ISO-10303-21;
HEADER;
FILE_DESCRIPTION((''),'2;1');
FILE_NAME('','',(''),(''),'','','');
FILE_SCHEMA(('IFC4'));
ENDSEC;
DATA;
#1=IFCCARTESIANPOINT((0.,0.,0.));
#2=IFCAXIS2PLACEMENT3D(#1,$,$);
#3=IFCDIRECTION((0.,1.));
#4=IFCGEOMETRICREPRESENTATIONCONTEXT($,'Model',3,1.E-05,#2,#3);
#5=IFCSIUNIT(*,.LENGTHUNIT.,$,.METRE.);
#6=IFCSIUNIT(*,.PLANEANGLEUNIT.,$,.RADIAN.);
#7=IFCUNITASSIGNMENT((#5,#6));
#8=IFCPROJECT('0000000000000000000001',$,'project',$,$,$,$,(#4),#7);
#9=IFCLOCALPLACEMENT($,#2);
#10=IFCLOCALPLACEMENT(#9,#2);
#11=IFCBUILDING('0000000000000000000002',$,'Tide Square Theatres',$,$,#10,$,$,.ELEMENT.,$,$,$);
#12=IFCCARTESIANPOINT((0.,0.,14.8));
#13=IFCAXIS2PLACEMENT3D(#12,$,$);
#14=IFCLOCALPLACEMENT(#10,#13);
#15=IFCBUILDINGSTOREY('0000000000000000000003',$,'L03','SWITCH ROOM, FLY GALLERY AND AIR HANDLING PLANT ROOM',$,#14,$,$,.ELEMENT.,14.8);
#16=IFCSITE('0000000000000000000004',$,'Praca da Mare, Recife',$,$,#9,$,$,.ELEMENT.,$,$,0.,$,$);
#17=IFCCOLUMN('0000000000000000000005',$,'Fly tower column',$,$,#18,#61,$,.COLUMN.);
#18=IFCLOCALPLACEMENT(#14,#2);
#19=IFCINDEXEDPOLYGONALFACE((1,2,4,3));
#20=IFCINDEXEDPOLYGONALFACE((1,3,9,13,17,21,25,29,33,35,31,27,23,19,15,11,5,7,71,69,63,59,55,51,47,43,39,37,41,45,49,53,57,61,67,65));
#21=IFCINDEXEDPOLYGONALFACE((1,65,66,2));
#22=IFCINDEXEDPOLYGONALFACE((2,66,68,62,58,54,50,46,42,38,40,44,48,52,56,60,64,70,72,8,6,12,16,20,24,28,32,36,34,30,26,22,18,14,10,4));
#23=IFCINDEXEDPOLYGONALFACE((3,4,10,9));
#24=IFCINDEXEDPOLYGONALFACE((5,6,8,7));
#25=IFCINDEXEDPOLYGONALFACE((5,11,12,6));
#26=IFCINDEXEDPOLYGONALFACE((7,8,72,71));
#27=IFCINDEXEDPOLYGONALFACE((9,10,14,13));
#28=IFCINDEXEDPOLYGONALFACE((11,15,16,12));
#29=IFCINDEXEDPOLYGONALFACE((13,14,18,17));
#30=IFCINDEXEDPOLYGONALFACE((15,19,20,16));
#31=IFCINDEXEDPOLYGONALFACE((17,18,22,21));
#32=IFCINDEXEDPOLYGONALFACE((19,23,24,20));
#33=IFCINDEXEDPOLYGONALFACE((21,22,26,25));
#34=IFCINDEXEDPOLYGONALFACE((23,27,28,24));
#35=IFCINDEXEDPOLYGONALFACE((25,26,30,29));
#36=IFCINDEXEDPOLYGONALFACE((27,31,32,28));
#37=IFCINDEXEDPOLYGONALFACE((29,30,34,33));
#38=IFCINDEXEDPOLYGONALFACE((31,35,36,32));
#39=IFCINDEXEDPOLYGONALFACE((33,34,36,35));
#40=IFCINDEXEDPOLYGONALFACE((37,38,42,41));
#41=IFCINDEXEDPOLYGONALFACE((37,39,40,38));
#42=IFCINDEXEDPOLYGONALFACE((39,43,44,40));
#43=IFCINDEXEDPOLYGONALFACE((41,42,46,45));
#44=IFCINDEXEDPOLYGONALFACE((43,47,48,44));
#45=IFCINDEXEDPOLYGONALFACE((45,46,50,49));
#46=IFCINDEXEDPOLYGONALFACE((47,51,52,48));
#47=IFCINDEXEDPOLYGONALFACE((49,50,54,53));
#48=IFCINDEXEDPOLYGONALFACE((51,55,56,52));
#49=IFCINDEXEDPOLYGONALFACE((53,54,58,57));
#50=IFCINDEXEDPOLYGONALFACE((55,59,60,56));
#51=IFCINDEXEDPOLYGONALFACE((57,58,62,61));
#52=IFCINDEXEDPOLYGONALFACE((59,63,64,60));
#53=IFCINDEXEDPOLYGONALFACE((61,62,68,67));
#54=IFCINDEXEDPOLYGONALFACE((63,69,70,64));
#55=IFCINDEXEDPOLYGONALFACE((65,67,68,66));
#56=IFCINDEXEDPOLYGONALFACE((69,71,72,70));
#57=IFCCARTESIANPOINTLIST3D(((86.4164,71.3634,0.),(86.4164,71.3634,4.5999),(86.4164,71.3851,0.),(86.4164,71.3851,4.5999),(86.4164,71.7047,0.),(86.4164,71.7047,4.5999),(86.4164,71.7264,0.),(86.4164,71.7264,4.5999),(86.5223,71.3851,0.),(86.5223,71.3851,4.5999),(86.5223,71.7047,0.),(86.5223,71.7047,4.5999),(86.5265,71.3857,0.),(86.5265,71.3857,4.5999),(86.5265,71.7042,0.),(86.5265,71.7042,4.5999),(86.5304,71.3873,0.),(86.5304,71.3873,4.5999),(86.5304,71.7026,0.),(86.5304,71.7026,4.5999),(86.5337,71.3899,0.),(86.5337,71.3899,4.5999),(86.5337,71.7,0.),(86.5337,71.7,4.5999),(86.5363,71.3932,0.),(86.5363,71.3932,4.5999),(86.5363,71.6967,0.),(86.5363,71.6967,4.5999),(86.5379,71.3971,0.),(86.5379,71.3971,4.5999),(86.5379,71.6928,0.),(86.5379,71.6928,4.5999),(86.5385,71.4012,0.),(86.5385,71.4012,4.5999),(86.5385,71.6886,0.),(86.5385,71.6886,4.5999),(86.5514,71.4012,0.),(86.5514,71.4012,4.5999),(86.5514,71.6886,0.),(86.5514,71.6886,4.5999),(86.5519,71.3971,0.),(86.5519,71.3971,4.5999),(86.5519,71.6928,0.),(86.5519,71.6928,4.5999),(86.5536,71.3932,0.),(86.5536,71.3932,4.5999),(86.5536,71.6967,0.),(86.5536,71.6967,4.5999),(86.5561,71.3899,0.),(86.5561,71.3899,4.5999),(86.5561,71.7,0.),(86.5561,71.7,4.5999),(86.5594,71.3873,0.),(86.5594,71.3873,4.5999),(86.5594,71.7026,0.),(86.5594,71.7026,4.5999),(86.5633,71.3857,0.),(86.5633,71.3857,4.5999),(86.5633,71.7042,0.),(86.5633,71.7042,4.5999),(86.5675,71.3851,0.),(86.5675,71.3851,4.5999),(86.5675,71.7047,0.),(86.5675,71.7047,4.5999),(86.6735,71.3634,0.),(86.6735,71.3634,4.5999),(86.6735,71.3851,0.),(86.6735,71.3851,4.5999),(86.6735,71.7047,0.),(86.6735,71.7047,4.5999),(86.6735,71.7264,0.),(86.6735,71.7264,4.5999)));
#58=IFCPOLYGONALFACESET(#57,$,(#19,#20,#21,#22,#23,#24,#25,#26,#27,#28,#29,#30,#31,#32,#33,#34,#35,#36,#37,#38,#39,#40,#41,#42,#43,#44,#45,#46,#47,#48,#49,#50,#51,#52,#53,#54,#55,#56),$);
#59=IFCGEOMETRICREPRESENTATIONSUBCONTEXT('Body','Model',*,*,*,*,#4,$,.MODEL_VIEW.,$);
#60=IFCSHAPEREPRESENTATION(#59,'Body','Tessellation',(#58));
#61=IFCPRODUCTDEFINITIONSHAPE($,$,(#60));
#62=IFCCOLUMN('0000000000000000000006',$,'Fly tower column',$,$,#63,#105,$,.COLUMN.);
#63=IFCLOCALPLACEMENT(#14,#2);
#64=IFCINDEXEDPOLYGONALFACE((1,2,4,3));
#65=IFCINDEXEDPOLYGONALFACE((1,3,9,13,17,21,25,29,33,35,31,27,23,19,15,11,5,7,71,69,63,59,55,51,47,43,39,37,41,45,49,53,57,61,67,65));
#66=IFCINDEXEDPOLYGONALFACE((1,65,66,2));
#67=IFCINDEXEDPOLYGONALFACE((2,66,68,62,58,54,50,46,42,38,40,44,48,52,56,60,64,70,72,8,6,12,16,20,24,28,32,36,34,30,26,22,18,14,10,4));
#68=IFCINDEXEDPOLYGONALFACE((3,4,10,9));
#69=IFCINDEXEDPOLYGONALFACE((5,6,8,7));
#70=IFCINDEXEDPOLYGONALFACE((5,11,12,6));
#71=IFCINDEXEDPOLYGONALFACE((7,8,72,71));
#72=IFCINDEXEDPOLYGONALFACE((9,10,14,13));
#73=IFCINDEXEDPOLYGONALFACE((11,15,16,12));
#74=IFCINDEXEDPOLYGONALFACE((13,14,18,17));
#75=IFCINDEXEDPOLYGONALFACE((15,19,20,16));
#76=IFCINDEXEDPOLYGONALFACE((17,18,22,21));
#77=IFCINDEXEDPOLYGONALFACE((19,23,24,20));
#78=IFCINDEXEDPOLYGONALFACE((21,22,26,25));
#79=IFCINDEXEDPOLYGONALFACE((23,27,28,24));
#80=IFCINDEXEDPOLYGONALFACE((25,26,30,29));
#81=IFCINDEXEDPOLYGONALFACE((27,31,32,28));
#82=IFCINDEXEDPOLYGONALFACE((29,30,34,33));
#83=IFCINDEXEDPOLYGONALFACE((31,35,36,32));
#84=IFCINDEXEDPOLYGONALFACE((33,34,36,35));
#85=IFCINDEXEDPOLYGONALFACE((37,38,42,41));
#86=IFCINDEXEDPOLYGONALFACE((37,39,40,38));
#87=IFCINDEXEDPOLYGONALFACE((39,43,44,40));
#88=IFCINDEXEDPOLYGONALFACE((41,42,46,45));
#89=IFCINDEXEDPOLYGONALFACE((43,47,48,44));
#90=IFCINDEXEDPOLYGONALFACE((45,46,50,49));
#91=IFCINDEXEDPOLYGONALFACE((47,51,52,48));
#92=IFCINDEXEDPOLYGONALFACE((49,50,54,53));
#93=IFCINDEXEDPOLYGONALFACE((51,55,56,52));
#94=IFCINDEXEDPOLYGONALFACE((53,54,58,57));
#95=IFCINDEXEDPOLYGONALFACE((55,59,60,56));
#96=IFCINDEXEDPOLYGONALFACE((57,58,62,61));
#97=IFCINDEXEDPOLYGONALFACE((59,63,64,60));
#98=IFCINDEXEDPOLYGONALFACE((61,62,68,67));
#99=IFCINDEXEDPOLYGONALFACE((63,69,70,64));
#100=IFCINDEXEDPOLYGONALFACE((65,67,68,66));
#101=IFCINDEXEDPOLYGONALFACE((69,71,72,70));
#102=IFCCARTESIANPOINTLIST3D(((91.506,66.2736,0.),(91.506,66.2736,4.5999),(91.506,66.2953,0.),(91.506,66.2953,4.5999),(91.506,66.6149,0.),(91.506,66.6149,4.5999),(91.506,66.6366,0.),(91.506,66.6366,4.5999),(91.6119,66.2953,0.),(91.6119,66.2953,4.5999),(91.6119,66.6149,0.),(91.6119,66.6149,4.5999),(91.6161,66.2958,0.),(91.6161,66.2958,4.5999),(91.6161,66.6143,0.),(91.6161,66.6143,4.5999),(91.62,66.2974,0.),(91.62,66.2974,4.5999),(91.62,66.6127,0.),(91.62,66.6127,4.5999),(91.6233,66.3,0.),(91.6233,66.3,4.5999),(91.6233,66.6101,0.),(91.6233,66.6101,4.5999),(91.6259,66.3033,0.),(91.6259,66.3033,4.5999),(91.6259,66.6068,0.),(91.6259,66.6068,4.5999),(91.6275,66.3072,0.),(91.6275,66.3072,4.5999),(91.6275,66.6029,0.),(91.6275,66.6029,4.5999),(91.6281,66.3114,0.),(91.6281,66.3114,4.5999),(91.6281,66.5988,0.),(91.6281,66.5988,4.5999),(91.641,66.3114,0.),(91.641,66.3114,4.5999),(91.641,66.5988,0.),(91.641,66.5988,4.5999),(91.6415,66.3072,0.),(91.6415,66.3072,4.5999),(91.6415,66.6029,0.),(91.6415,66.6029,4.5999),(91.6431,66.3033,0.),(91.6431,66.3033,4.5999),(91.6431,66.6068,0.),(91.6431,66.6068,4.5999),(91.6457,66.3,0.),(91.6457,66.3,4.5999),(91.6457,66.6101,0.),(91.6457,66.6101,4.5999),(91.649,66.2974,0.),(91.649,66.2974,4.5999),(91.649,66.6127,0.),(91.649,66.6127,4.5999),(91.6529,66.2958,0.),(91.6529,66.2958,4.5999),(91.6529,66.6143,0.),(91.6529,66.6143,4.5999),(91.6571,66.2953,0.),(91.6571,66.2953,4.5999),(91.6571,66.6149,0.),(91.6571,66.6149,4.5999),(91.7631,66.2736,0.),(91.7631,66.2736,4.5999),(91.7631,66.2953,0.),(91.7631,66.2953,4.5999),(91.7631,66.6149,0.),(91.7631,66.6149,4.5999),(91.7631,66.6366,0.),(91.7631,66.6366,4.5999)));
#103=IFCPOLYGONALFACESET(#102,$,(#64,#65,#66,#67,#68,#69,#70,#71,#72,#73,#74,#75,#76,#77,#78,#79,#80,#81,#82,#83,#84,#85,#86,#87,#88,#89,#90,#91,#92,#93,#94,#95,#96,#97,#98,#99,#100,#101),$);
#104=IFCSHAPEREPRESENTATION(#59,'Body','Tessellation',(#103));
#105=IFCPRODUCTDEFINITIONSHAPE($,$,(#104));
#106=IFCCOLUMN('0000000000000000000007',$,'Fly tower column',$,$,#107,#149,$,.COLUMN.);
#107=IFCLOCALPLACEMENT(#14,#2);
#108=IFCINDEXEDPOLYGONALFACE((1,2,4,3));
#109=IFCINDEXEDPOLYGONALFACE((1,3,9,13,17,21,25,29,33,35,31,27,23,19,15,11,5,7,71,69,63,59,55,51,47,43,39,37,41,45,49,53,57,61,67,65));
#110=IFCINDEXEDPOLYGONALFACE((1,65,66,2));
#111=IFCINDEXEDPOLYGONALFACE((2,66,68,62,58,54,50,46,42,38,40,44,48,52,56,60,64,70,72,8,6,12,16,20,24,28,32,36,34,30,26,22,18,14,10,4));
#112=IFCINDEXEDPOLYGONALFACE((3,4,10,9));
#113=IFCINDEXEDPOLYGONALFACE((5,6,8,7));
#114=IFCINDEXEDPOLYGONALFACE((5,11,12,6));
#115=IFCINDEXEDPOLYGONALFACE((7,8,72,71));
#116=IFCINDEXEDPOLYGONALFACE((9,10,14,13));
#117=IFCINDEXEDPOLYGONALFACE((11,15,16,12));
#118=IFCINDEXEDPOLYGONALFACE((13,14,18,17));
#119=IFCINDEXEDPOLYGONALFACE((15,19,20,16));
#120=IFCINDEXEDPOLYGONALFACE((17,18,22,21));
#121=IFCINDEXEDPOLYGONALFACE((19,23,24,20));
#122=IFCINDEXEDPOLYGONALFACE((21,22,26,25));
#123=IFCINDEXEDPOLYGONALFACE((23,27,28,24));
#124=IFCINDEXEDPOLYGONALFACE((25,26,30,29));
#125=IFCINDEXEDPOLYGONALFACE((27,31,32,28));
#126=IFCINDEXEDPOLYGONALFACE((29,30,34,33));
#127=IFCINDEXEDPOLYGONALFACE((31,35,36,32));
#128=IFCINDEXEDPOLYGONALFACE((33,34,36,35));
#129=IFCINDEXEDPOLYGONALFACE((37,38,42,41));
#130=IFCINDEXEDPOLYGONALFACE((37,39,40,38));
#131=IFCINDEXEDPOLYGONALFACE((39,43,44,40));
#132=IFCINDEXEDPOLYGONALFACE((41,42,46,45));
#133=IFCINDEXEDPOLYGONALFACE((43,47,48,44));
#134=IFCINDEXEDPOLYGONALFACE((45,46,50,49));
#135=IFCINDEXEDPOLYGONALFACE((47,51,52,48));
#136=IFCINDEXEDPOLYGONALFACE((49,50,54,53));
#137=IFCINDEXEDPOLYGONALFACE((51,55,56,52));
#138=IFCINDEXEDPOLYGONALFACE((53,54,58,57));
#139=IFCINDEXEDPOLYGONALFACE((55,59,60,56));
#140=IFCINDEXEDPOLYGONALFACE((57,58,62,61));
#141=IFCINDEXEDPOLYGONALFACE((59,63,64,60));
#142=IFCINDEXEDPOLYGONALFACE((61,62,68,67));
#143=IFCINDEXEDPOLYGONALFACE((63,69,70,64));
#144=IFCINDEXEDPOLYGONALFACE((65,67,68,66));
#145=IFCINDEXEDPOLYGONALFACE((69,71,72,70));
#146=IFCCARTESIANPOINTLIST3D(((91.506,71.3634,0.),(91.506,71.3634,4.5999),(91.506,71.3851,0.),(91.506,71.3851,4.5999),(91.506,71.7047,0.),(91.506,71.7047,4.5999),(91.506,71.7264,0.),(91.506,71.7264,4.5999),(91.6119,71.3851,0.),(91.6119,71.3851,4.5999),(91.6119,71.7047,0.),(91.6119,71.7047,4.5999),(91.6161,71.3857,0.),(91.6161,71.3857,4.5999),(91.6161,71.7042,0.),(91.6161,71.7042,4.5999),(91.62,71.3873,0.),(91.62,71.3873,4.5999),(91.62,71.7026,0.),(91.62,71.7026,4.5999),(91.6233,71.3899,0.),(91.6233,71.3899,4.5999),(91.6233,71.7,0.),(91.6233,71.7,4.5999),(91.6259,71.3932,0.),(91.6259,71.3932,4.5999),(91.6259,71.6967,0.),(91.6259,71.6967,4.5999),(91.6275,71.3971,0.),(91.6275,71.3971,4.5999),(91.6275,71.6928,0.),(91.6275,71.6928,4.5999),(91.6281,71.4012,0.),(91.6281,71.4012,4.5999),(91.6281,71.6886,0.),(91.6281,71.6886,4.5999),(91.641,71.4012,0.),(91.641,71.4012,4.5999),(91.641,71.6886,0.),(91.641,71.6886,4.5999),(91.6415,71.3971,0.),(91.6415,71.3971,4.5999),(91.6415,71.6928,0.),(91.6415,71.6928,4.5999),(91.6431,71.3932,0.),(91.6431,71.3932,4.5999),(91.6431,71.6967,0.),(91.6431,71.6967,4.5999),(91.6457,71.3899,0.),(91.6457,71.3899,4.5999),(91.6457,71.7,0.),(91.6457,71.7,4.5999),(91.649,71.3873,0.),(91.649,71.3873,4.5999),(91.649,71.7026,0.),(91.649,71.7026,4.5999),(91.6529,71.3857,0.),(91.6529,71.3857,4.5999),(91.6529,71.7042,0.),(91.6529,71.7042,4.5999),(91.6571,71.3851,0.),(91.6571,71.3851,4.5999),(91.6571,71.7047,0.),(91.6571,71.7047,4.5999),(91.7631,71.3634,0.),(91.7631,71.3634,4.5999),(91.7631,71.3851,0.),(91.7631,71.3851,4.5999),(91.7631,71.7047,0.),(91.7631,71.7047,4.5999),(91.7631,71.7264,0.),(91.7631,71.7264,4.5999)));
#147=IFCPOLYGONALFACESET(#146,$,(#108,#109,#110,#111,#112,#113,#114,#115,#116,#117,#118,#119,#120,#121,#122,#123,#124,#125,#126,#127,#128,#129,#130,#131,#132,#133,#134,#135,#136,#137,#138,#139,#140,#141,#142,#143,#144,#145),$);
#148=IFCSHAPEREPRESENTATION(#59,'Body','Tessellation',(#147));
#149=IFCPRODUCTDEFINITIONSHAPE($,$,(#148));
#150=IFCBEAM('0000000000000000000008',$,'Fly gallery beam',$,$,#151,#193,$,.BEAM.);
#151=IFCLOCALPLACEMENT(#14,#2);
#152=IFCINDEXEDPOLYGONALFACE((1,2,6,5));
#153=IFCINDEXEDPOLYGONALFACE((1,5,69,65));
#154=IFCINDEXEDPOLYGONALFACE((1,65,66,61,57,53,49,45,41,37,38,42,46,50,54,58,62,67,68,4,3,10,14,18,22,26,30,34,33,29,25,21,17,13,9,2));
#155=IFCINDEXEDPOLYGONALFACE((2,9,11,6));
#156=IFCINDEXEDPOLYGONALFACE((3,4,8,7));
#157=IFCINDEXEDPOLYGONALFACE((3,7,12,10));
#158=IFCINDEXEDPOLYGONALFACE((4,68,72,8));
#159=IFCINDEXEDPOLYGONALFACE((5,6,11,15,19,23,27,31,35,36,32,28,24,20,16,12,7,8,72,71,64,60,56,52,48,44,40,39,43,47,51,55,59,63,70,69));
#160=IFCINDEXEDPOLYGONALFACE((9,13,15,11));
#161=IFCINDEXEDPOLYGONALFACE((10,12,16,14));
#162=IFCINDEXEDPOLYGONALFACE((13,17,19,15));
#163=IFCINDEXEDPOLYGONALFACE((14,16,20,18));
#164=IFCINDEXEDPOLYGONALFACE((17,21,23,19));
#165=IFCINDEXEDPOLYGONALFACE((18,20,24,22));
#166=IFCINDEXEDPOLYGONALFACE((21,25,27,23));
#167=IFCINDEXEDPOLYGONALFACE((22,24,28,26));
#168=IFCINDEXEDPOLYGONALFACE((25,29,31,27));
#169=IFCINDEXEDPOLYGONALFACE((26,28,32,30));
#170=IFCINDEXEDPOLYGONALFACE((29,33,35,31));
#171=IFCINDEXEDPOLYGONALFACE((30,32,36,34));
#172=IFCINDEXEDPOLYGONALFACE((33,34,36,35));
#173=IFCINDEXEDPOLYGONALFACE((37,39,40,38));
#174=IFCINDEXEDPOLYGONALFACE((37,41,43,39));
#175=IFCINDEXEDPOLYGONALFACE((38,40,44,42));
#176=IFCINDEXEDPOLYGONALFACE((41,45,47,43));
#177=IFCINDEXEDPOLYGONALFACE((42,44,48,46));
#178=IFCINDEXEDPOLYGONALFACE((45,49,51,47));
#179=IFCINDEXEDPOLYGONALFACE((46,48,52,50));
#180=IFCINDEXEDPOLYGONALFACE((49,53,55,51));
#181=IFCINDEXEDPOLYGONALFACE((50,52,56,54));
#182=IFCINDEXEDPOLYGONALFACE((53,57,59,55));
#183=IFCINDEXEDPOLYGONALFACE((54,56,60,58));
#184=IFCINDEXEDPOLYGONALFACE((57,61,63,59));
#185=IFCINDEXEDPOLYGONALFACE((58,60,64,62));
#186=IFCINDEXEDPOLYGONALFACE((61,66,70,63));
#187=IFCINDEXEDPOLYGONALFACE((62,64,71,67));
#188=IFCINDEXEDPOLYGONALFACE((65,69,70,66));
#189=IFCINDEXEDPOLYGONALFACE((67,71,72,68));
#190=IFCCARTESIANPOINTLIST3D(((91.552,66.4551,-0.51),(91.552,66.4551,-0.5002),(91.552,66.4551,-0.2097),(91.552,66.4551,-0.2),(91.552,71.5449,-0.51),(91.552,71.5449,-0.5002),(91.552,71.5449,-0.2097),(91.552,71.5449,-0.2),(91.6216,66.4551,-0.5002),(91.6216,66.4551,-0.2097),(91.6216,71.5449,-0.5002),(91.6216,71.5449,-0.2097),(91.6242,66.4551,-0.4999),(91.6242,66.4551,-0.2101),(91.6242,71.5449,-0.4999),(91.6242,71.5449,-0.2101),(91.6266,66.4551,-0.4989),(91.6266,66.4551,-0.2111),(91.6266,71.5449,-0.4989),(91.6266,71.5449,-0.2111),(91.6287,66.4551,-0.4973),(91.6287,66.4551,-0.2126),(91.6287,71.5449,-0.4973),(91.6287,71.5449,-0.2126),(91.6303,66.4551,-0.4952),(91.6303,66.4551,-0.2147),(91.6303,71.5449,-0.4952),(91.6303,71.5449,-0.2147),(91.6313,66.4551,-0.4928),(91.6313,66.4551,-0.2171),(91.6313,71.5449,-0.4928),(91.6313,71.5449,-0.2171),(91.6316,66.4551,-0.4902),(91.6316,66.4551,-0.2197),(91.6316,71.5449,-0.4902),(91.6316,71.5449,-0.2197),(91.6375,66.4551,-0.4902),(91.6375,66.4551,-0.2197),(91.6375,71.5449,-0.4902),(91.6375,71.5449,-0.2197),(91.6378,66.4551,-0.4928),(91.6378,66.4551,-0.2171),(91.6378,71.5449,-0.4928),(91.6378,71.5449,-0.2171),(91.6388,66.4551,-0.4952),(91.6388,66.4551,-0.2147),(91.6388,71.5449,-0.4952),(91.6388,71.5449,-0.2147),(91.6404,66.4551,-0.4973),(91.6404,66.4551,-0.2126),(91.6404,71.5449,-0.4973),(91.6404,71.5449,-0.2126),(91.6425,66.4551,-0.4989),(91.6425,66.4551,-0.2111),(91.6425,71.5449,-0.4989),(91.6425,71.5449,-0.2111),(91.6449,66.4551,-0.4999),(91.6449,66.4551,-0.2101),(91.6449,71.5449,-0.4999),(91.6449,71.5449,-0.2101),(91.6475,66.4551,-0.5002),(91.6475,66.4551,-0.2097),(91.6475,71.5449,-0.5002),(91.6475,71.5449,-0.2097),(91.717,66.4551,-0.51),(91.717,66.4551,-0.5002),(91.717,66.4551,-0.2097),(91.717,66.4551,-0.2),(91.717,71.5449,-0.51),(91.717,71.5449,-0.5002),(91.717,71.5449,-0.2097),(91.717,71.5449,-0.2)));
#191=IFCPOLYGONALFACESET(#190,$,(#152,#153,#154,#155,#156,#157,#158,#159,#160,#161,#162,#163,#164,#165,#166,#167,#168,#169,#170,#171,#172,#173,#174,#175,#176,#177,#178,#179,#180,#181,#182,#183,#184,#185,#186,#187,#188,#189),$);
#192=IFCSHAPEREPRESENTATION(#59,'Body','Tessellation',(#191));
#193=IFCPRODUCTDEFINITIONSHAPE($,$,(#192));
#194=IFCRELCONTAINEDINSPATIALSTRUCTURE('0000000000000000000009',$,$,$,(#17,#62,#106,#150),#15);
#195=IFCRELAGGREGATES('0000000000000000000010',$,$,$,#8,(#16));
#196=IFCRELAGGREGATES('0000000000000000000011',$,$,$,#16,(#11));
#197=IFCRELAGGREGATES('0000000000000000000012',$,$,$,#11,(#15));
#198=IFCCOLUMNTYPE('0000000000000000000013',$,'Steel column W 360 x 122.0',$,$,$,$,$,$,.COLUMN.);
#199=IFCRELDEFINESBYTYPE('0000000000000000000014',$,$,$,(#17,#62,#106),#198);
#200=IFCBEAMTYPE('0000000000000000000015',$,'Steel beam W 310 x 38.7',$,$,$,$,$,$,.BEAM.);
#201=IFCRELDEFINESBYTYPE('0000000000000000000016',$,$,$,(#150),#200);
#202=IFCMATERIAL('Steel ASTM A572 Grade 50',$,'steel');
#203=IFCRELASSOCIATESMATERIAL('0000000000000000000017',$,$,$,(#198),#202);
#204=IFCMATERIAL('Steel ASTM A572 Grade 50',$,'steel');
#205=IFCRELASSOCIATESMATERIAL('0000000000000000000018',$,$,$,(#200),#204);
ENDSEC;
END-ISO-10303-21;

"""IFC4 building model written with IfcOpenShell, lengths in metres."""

from ifc_helpers import new_model, si_unit, direction, frame, origin, origin_2d, place, context, subcontext, project, spatial, i_section, extrude, material, material_profile, profile_set, type_object, element, save


model = new_model("IFC4")

# Units and contexts
model_context = context("Model", 3, precision=1e-05, world=origin(), true_north=direction((0.0, 1.0)))
body_context = subcontext(model_context, "Body", "Model", "MODEL_VIEW")
ifc_project = project(units=[si_unit("LENGTHUNIT", "METRE"), si_unit("PLANEANGLEUNIT", "RADIAN")], contexts=[model_context])

# Site, building, storey
site_placement = place(None, origin())
site = spatial("IfcSite", under=ifc_project, at=site_placement, Name="Praca da Mare, Recife", CompositionType="ELEMENT", RefElevation=0.0)
building_placement = place(site_placement, origin())
building = spatial("IfcBuilding", under=site, at=building_placement, Name="Tide Square Theatres", CompositionType="ELEMENT")
storey_placement = place(building_placement, frame((0.0, 0.0, 14.8)))
storey = spatial("IfcBuildingStorey", under=building, at=storey_placement, Name="L03", Description="SWITCH ROOM, FLY GALLERY AND AIR HANDLING PLANT ROOM", CompositionType="ELEMENT", Elevation=14.8)

# Columns
ifc_material_1 = material(Name="Steel ASTM A572 Grade 50", Category="steel")
ifc_material_profile_1 = material_profile(ifc_material_1, i_section(OverallWidth=0.2571, OverallDepth=0.363, WebThickness=0.0129, FlangeThickness=0.0217, FilletRadius=0.0161, at=origin_2d()))
ifc_profile_set_1 = profile_set([ifc_material_profile_1], Name="Steel ASTM A572 Grade 50")
column_type = type_object("IfcColumnType", Name="Steel column W 360 x 122.0", PredefinedType="COLUMN", material=ifc_profile_set_1)
for number, where, z_axis, x_axis, name in (
    (1, (86.5449, 71.5449, 0.0), (0.0, 0.0, 1.0), (1.0, 0.0, 0.0), "Fly tower column"),
    (2, (91.6345, 66.4551, 0.0), (0.0, 0.0, 1.0), (1.0, 0.0, 0.0), "Fly tower column"),
    (3, (91.6345, 71.5449, 0.0), (0.0, 0.0, 1.0), (1.0, 0.0, 0.0), "Fly tower column"),
):
    element("IfcColumn", number, at=place(storey_placement, frame(where, z_axis=z_axis, x_axis=x_axis)), inside=storey, type_object=column_type, Name=name, PredefinedType="COLUMN", context=body_context, shape_type="SweptSolid", body=[
        extrude(i_section(OverallWidth=0.2571, OverallDepth=0.363, WebThickness=0.0129, FlangeThickness=0.0217, FilletRadius=0.0161, at=origin_2d()), origin(), (0.0, 0.0, 1.0), 4.5999),
    ])

# Beam
ifc_material_2 = material(Name="Steel ASTM A572 Grade 50", Category="steel")
ifc_material_profile_2 = material_profile(ifc_material_2, i_section(OverallWidth=0.165, OverallDepth=0.3101, WebThickness=0.0059, FlangeThickness=0.0098, FilletRadius=0.01, at=origin_2d()))
ifc_profile_set_2 = profile_set([ifc_material_profile_2], Name="Steel ASTM A572 Grade 50")
beam_type = type_object("IfcBeamType", Name="Steel beam W 310 x 38.7", PredefinedType="BEAM", material=ifc_profile_set_2)
beam_placement = place(storey_placement, frame((91.6345, 66.4551, -0.355), z_axis=(0.0, 1.0, 0.0), x_axis=(-1.0, 0.0, 0.0)))
element("IfcBeam", 4, at=beam_placement, inside=storey, type_object=beam_type, Name="Fly gallery beam", PredefinedType="BEAM", context=body_context, shape_type="SweptSolid", body=[
    extrude(i_section(OverallWidth=0.165, OverallDepth=0.3101, WebThickness=0.0059, FlangeThickness=0.0098, FilletRadius=0.01, at=origin_2d()), origin(), (0.0, 0.0, 1.0), 5.0898),
])

save(model, "model.ifc")
